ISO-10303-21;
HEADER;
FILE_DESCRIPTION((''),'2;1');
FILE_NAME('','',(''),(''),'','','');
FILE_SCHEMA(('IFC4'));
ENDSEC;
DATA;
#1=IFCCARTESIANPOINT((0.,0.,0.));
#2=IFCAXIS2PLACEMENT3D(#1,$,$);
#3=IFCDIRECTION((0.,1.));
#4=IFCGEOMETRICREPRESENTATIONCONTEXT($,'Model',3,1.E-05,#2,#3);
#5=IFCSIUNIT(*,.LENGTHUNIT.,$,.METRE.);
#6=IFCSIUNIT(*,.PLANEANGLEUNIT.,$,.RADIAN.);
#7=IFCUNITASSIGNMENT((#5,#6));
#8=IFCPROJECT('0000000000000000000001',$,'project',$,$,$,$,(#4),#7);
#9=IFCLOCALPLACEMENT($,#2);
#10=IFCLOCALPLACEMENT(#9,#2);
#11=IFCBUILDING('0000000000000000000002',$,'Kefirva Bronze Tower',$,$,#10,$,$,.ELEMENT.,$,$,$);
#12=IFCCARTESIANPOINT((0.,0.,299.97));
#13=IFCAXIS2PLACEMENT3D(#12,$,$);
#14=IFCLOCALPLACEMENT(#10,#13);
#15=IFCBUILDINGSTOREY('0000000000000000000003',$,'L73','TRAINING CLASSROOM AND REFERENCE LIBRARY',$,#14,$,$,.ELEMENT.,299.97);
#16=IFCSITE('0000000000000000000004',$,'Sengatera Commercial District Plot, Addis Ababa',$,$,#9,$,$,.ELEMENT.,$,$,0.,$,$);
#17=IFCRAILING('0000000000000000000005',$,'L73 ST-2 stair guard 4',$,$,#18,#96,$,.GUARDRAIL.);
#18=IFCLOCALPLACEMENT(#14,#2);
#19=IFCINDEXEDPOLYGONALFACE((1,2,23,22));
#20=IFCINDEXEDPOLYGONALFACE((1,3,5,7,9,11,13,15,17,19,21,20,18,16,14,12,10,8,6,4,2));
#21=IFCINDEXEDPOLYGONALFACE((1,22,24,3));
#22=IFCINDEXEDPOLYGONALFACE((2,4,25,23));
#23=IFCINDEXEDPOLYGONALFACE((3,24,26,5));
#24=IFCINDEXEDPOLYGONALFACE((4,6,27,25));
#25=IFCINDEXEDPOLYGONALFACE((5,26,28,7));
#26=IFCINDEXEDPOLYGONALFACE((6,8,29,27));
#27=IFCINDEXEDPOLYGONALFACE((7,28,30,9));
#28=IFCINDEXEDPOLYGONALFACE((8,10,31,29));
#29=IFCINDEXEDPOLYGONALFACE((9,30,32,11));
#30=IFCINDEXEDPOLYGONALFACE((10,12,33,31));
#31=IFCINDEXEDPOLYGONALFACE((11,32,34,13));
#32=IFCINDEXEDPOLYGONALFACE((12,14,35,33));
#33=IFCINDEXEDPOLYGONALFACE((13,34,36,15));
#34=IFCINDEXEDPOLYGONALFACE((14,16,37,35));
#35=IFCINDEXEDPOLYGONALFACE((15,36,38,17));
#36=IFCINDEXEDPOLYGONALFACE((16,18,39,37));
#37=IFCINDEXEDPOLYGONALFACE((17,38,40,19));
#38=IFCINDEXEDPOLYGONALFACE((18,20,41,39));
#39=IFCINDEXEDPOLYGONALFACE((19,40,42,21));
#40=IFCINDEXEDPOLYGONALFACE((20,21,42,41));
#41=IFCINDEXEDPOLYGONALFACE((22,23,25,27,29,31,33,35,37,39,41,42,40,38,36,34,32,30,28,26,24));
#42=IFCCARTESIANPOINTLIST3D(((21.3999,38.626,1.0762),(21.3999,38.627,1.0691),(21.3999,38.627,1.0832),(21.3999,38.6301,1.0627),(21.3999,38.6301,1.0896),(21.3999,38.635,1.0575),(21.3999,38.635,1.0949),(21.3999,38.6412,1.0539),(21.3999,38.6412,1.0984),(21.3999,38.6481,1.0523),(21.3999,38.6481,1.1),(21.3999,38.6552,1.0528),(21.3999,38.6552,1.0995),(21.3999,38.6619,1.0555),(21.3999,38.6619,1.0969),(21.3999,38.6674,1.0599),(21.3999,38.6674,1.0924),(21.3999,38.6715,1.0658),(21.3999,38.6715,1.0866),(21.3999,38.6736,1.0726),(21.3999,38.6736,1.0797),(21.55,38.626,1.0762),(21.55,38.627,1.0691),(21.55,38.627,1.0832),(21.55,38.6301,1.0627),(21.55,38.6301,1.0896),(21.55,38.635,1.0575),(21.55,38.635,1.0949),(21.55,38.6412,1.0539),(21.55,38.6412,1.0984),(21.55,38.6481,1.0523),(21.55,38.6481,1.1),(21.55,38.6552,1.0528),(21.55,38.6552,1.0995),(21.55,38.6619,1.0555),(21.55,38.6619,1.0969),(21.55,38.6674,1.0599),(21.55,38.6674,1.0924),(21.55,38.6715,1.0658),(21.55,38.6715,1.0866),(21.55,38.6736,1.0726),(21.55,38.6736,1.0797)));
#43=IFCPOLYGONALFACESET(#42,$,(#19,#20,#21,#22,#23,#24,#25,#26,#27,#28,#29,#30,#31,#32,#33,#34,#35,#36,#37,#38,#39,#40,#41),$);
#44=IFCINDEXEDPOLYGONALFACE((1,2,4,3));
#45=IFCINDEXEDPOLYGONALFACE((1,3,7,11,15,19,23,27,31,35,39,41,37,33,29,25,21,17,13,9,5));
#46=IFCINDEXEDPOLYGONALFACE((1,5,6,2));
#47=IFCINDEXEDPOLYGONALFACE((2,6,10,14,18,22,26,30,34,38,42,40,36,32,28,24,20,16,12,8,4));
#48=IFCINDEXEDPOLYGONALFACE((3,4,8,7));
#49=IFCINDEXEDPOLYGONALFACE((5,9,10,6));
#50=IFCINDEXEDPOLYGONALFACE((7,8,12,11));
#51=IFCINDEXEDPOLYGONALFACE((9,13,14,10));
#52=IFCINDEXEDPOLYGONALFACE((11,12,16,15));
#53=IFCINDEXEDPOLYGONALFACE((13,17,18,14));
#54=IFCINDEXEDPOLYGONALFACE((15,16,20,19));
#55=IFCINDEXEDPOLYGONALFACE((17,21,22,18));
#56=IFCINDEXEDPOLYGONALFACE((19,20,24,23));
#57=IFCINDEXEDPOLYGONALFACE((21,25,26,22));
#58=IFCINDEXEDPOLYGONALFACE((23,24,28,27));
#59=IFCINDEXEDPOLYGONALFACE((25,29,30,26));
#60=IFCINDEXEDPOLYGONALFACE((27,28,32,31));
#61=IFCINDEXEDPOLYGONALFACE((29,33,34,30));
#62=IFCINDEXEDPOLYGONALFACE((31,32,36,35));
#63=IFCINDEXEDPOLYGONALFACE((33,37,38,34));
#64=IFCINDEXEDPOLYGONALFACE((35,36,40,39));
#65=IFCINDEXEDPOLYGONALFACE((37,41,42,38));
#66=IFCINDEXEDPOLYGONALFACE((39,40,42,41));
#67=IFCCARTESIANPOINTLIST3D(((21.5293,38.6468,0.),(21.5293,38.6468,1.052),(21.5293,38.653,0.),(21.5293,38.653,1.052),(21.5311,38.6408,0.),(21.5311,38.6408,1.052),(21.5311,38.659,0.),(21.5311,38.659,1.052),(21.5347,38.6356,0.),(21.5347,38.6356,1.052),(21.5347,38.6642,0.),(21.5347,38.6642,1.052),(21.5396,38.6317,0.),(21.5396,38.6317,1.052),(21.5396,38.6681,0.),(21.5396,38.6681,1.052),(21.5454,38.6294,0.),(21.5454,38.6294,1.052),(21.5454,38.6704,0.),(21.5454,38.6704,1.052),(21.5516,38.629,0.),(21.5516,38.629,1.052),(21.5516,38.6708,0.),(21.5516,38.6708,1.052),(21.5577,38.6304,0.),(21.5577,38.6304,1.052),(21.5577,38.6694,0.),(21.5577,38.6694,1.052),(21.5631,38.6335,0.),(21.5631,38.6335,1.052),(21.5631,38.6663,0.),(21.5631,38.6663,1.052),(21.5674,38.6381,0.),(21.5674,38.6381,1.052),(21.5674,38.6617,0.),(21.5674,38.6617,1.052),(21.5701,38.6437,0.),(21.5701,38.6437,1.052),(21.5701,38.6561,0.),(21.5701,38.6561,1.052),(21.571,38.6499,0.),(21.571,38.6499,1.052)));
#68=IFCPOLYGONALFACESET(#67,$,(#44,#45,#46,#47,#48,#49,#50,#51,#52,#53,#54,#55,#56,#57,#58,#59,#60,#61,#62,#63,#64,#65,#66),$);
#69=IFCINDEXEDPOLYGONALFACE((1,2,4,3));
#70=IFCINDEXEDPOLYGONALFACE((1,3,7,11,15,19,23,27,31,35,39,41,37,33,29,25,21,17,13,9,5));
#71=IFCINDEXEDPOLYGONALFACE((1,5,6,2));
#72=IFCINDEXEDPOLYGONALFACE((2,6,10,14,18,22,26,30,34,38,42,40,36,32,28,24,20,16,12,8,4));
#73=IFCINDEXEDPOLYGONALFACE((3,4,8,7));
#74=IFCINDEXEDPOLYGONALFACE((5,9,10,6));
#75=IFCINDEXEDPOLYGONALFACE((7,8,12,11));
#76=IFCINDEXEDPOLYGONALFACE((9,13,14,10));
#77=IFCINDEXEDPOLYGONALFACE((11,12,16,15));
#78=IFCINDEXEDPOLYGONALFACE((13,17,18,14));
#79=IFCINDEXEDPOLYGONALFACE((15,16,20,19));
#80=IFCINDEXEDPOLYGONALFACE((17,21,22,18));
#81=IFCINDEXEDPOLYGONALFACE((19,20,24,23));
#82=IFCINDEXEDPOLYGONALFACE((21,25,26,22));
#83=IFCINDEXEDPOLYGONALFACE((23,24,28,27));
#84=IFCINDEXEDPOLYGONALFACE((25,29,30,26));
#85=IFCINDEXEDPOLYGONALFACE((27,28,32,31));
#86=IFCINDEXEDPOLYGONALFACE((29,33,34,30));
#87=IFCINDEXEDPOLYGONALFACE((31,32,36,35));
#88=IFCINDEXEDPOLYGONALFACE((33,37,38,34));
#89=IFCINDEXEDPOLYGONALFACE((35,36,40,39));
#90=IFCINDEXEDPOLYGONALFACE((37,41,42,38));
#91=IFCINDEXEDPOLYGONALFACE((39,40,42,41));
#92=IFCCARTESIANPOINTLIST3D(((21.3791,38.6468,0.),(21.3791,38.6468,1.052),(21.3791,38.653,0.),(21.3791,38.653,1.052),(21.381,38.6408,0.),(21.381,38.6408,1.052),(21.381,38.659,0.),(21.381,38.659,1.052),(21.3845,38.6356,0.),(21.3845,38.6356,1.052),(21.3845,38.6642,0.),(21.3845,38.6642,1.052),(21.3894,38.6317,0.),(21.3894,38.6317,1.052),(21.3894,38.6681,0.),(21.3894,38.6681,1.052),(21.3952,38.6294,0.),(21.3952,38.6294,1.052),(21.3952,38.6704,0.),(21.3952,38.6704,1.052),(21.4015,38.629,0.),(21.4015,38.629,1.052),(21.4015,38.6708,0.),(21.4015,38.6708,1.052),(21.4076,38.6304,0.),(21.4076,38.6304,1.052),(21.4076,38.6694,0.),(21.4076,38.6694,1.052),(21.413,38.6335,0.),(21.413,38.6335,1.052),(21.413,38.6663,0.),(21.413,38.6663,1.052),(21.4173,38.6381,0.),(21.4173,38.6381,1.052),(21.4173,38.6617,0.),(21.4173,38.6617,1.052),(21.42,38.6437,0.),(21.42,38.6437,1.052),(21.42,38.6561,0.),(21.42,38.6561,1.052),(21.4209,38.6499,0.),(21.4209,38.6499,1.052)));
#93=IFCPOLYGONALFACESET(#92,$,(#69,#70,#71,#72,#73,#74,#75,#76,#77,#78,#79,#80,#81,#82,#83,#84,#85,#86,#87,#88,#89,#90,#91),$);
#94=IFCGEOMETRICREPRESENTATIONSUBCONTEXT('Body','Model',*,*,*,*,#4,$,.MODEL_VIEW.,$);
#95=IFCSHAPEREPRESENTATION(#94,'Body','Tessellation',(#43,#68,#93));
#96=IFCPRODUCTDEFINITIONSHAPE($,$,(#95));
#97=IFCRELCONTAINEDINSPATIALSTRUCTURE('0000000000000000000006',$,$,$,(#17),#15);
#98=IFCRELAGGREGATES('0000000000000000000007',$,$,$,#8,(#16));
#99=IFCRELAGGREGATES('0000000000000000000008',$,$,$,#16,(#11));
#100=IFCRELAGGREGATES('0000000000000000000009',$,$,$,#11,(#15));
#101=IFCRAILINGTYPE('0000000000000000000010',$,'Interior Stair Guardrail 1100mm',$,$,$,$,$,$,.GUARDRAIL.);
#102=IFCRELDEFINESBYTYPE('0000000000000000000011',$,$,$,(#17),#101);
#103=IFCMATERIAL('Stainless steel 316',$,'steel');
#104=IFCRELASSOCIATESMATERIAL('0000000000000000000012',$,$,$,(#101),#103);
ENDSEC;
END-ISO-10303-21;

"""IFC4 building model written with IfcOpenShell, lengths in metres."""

from ifc_helpers import new_model, si_unit, direction, frame, origin, origin_2d, place, context, subcontext, project, spatial, circle, extrude, material, type_object, element, save


model = new_model("IFC4")

# Units and contexts
model_context = context("Model", 3, precision=1e-05, world=origin(), true_north=direction((0.0, 1.0)))
body_context = subcontext(model_context, "Body", "Model", "MODEL_VIEW")
ifc_project = project(units=[si_unit("LENGTHUNIT", "METRE"), si_unit("PLANEANGLEUNIT", "RADIAN")], contexts=[model_context])

# Site, building, storey
site_placement = place(None, origin())
site = spatial("IfcSite", under=ifc_project, at=site_placement, Name="Sengatera Commercial District Plot, Addis Ababa", CompositionType="ELEMENT", RefElevation=0.0)
building_placement = place(site_placement, origin())
building = spatial("IfcBuilding", under=site, at=building_placement, Name="Kefirva Bronze Tower", CompositionType="ELEMENT")
storey_placement = place(building_placement, frame((0.0, 0.0, 299.97)))
storey = spatial("IfcBuildingStorey", under=building, at=storey_placement, Name="L73", Description="TRAINING CLASSROOM AND REFERENCE LIBRARY", CompositionType="ELEMENT", Elevation=299.97)

# Shared definitions
ifc_material_1 = material(Name="Stainless steel 316", Category="steel")

# Railing
railing_type_1 = type_object("IfcRailingType", Name="Interior Stair Guardrail 1100mm", PredefinedType="GUARDRAIL", material=ifc_material_1)
railing_1_placement = place(storey_placement, frame((21.55, 38.6499, 0.0)))
element("IfcRailing", 1, at=railing_1_placement, inside=storey, type_object=railing_type_1, Name="L73 ST-2 stair guard 4", PredefinedType="GUARDRAIL", context=body_context, shape_type="SweptSolid", body=[
    extrude(circle(Radius=0.0239, at=origin_2d()), frame((0.0, 0.0, 1.0762), z_axis=(-1.0, 0.0, 0.0), x_axis=(0.0, -1.0, 0.0)), (0.0, 0.0, 1.0), 0.1501),
    extrude(circle(Radius=0.021, at=origin_2d()), origin(), (0.0, 0.0, 1.0), 1.052),
    extrude(circle(Radius=0.021, at=origin_2d()), frame((-0.1501, 0.0, 0.0)), (0.0, 0.0, 1.0), 1.052),
])

save(model, "model.ifc")
